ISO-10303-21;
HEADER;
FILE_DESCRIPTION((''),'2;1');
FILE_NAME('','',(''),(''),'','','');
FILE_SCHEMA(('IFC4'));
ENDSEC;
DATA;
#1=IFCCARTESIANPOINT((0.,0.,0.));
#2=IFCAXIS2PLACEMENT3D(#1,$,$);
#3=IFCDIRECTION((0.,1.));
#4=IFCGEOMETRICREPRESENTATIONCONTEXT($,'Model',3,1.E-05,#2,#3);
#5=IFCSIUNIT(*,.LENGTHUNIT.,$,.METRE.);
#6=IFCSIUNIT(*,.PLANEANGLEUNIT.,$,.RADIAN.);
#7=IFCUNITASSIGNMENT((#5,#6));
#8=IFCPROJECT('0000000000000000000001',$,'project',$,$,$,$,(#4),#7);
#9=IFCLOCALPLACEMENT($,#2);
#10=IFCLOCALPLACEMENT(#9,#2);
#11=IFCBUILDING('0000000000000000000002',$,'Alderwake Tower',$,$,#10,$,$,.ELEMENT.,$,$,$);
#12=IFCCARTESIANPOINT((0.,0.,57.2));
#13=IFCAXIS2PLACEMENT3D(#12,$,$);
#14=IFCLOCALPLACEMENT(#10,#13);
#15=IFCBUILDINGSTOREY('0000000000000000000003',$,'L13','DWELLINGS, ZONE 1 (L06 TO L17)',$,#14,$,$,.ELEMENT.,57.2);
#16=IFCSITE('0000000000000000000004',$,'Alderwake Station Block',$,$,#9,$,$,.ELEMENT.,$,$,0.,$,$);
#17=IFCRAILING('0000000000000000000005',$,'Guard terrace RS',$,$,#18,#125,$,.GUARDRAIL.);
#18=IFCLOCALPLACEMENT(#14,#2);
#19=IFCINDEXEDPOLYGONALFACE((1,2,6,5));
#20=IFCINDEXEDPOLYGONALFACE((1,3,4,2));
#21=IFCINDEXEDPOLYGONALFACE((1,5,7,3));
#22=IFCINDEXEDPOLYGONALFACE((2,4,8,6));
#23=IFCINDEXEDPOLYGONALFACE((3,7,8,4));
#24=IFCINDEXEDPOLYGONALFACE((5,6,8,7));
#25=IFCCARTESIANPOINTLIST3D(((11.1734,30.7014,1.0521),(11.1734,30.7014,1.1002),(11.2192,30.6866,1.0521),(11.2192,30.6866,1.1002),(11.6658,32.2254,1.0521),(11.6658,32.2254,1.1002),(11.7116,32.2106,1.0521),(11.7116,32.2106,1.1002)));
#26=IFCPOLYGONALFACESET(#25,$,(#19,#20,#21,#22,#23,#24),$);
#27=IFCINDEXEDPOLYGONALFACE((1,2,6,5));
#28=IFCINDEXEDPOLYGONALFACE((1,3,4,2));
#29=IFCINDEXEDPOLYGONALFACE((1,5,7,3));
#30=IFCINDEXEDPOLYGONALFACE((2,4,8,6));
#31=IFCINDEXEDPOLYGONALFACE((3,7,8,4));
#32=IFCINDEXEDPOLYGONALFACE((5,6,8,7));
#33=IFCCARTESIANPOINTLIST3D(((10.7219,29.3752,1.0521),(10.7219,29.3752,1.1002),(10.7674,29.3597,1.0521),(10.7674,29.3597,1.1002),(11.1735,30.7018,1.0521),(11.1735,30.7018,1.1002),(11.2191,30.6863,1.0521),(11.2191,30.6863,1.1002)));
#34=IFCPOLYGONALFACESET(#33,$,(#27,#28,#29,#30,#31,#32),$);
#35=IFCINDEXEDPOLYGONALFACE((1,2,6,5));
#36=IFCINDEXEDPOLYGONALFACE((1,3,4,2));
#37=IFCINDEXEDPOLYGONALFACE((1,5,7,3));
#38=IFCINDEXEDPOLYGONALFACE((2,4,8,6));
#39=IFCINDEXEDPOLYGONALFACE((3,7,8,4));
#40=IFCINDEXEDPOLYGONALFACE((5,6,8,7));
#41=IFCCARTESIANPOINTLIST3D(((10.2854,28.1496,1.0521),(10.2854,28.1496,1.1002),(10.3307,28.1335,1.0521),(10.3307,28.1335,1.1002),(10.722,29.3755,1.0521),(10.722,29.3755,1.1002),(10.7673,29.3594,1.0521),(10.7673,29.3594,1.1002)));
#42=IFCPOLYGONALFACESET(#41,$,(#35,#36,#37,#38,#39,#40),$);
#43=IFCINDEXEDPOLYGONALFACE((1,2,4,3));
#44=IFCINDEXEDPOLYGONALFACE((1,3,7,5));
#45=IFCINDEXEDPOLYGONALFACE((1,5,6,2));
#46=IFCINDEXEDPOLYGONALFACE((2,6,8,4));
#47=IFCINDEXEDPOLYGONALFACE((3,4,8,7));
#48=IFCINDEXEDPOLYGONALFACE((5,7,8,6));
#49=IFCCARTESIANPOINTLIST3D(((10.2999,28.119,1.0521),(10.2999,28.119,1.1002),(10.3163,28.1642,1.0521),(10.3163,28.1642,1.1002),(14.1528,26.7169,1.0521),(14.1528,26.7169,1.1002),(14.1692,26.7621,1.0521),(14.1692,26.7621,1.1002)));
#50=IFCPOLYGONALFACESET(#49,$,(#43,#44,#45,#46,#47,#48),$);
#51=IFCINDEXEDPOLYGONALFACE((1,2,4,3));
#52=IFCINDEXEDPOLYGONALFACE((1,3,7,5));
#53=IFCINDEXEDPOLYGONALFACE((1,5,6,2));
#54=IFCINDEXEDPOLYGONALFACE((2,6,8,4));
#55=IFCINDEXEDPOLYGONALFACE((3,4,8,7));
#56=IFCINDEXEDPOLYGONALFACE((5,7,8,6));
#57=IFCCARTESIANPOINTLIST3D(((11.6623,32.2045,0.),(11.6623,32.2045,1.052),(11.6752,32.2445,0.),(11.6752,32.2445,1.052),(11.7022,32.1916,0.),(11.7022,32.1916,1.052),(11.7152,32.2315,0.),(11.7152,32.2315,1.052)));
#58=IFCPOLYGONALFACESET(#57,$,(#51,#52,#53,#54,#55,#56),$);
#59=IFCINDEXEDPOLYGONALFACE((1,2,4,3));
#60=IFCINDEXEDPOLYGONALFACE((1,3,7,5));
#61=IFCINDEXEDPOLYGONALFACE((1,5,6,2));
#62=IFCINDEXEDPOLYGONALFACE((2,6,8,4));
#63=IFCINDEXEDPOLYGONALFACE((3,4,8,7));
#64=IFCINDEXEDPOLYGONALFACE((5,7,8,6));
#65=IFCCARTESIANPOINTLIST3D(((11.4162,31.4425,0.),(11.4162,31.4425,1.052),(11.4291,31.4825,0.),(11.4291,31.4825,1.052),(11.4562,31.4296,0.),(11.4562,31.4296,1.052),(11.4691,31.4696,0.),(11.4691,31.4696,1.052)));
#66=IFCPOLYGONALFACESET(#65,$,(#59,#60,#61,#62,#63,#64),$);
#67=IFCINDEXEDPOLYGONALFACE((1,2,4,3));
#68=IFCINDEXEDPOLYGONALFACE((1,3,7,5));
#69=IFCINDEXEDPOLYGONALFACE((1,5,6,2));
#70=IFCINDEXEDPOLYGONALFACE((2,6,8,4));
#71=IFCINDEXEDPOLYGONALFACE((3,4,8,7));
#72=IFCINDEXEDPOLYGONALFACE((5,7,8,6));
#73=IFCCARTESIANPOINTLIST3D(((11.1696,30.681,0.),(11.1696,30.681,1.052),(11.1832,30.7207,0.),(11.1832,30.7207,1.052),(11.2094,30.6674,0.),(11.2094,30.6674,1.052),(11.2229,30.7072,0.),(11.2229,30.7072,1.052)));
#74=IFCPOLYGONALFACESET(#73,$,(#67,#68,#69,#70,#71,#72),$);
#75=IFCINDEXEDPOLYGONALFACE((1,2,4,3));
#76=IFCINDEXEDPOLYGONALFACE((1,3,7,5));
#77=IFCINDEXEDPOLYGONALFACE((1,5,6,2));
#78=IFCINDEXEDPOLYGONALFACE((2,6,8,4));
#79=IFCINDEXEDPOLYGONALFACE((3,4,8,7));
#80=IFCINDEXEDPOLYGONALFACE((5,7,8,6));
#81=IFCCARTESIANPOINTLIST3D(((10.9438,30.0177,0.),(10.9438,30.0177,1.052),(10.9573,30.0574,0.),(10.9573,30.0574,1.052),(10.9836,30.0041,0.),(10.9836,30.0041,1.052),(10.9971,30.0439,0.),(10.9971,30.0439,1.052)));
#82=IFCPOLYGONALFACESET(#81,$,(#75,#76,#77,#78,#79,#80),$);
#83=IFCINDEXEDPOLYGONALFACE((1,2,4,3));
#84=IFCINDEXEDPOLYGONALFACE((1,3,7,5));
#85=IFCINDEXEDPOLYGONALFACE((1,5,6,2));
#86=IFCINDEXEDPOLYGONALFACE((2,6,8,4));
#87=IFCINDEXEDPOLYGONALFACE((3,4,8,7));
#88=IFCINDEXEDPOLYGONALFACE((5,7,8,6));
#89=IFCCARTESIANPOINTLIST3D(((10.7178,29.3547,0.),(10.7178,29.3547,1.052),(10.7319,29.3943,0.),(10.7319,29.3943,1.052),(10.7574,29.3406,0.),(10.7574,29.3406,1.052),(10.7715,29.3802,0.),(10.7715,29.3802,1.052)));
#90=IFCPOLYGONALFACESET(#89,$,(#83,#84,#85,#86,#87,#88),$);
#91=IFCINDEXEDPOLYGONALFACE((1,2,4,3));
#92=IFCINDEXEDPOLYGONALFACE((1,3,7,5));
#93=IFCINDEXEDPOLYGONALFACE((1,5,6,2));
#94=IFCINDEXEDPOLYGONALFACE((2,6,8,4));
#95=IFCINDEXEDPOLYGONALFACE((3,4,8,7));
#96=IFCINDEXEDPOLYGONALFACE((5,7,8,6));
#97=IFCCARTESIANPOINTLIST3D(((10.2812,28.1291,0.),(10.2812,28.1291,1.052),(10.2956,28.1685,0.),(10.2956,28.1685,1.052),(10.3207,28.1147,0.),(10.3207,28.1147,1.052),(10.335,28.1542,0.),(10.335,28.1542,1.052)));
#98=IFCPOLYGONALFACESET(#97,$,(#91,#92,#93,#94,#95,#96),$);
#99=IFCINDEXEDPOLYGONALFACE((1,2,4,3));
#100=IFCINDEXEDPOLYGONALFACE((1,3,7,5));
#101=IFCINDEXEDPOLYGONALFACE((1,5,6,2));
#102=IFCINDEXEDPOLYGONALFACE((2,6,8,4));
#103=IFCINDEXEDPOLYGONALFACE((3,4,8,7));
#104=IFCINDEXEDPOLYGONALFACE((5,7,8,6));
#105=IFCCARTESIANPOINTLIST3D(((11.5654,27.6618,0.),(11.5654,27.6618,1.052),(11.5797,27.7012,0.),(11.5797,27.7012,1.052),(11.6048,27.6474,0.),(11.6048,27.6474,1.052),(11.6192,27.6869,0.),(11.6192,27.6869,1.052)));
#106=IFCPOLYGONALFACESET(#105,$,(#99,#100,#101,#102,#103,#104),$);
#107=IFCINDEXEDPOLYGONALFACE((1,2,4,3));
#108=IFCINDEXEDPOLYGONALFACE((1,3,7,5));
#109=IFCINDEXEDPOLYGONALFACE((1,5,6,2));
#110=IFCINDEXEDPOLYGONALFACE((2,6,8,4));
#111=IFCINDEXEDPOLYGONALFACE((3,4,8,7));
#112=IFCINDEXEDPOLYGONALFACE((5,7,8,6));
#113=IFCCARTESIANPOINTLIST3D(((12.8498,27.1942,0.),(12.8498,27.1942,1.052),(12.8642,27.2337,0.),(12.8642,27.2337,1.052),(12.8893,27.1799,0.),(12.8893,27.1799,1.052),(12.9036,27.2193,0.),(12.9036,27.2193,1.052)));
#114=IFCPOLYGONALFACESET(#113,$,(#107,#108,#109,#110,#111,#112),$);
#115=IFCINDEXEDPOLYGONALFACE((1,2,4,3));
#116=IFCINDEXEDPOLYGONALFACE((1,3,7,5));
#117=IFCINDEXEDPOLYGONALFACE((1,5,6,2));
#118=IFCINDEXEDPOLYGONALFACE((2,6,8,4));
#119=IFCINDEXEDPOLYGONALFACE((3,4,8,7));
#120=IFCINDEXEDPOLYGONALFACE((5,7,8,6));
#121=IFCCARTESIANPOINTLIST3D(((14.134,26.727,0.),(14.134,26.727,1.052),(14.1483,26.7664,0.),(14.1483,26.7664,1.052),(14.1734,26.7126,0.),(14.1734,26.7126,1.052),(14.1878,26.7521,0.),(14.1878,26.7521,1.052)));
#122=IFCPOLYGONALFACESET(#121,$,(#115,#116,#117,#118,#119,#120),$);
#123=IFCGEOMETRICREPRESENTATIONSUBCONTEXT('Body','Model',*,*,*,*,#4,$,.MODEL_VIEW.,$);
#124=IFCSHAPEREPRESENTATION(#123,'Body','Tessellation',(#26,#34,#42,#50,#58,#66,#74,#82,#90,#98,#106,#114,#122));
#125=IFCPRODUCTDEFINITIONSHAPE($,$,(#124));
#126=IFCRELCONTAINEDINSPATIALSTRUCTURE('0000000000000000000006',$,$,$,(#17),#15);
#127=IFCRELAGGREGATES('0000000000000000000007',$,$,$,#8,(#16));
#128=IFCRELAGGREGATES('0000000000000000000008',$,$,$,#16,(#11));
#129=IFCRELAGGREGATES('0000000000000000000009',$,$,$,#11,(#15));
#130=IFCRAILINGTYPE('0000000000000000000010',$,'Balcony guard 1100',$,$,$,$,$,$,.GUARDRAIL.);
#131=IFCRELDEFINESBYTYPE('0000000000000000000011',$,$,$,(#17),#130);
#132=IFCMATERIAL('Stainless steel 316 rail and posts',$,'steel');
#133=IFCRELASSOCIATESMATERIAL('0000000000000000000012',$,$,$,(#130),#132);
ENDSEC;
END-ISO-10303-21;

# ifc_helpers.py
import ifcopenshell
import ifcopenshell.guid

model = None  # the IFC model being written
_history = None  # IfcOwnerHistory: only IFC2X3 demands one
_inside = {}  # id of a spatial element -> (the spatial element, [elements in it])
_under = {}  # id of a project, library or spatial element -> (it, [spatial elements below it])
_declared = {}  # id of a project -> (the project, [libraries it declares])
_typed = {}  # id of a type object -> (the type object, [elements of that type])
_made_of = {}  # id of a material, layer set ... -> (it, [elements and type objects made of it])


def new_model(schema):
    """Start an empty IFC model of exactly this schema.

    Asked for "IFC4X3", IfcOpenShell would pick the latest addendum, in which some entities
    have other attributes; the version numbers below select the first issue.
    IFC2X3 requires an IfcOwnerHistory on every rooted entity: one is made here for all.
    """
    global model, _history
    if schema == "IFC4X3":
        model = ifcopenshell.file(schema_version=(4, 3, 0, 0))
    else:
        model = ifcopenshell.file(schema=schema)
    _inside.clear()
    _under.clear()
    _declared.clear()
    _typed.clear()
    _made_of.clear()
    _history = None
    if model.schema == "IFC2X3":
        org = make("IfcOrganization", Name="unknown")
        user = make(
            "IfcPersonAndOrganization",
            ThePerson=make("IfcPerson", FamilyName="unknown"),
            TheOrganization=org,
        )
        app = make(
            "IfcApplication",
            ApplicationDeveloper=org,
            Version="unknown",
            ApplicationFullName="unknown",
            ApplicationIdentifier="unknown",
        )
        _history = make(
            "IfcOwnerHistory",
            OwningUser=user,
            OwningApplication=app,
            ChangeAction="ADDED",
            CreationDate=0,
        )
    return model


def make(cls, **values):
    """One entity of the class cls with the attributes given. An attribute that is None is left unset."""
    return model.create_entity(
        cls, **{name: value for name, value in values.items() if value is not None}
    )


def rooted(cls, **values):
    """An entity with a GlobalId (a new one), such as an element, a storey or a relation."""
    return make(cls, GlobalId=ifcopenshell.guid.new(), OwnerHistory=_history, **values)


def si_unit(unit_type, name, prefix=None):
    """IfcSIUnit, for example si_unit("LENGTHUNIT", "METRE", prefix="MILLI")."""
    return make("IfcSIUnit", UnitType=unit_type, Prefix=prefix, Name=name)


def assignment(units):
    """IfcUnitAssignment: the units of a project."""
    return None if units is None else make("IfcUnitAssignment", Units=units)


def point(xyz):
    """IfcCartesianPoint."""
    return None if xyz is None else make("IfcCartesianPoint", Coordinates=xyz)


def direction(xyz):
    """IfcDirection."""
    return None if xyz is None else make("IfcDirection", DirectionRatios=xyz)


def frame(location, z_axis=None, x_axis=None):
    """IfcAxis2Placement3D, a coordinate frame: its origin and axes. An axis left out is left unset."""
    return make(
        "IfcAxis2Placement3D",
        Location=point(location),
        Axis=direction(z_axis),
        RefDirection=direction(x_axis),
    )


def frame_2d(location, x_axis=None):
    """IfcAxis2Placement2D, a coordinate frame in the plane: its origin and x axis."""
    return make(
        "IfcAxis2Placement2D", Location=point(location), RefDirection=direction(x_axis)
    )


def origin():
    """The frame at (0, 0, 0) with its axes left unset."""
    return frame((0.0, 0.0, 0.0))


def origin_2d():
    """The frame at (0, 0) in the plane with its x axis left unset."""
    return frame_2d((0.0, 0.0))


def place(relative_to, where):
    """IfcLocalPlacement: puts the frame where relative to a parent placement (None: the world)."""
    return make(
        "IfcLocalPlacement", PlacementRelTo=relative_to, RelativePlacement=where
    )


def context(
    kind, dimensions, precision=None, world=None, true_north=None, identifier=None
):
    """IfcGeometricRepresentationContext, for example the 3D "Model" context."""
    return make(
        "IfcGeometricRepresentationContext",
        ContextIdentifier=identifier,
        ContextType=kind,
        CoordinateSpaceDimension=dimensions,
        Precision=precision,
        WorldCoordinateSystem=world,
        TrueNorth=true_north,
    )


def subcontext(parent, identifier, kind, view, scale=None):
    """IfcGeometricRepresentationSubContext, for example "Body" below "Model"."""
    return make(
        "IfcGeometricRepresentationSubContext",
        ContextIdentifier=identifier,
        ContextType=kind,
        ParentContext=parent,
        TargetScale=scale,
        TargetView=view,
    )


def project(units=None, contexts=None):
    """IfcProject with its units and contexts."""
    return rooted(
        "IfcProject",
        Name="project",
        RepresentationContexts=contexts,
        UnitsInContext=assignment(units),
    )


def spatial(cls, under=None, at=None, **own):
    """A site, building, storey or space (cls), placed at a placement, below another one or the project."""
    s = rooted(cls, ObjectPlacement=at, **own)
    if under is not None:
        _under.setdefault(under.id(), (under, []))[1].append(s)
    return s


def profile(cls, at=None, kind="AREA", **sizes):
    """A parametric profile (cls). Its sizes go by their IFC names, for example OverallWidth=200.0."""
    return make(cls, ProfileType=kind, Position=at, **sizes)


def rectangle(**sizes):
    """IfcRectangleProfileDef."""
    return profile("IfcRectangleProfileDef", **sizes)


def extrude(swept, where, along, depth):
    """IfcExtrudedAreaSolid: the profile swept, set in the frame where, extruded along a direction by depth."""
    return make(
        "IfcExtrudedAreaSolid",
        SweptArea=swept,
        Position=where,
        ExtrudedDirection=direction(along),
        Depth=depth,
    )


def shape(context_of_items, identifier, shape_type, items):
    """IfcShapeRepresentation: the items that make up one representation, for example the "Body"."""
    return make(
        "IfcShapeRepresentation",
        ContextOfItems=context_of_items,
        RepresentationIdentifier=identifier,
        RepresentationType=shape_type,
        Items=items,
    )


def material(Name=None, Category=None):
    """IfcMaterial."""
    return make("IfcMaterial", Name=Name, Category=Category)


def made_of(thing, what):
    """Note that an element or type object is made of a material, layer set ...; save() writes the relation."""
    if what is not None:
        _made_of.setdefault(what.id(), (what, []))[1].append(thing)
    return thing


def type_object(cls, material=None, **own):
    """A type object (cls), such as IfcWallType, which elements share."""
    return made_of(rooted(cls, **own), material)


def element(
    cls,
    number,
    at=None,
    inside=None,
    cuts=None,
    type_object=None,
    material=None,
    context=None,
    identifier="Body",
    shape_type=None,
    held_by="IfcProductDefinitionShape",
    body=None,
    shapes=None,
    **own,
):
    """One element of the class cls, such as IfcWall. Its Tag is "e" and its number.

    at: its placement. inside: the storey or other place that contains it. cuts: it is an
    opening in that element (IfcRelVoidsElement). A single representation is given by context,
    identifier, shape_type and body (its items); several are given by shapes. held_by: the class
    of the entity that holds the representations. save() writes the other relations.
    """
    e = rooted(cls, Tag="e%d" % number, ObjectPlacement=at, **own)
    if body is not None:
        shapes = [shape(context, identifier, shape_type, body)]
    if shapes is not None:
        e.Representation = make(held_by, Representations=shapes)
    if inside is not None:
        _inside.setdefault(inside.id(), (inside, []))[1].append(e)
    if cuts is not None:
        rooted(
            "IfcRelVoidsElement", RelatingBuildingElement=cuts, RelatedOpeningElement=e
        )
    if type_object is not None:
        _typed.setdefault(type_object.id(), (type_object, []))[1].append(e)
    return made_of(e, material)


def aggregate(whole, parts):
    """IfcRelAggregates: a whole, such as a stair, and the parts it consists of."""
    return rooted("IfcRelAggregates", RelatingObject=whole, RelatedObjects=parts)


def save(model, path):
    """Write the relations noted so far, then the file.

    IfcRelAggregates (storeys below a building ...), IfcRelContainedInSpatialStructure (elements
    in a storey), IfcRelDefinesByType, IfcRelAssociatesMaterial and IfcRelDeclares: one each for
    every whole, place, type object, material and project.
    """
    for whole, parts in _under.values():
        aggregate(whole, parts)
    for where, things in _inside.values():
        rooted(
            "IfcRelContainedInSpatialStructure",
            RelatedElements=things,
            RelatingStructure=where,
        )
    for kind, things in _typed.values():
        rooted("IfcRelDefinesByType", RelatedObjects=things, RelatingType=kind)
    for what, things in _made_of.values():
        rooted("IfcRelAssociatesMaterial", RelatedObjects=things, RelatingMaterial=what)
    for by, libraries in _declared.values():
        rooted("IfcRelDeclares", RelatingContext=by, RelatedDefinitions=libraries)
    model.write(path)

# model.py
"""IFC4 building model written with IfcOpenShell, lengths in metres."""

from ifc_helpers import new_model, si_unit, direction, frame, origin, origin_2d, place, context, subcontext, project, spatial, rectangle, extrude, material, type_object, element, save


model = new_model("IFC4")

# Units and contexts
model_context = context("Model", 3, precision=1e-05, world=origin(), true_north=direction((0.0, 1.0)))
body_context = subcontext(model_context, "Body", "Model", "MODEL_VIEW")
ifc_project = project(units=[si_unit("LENGTHUNIT", "METRE"), si_unit("PLANEANGLEUNIT", "RADIAN")], contexts=[model_context])

# Site, building, storey
site_placement = place(None, origin())
site = spatial("IfcSite", under=ifc_project, at=site_placement, Name="Alderwake Station Block", CompositionType="ELEMENT", RefElevation=0.0)
building_placement = place(site_placement, origin())
building = spatial("IfcBuilding", under=site, at=building_placement, Name="Alderwake Tower", CompositionType="ELEMENT")
storey_placement = place(building_placement, frame((0.0, 0.0, 57.2)))
storey = spatial("IfcBuildingStorey", under=building, at=storey_placement, Name="L13", Description="DWELLINGS, ZONE 1 (L06 TO L17)", CompositionType="ELEMENT", Elevation=57.2)

# Railing
ifc_material_1 = material(Name="Stainless steel 316 rail and posts", Category="steel")
railing_type = type_object("IfcRailingType", Name="Balcony guard 1100", PredefinedType="GUARDRAIL", material=ifc_material_1)
railing_1_placement = place(storey_placement, frame((11.6887, 32.218, 0.0)))
element("IfcRailing", 1, at=railing_1_placement, inside=storey, type_object=railing_type, Name="Guard terrace RS", PredefinedType="GUARDRAIL", context=body_context, shape_type="SweptSolid", body=[
    extrude(rectangle(XDim=0.0481, YDim=0.0481, at=origin_2d()), frame((0.0, 0.0, 1.0762), z_axis=(-0.307479, -0.951555, 0.0), x_axis=(0.951555, -0.307479, 0.0)), (0.0, 0.0, 1.0), 1.6016),
    extrude(rectangle(XDim=0.0481, YDim=0.0481, at=origin_2d()), frame((-0.4924, -1.5239, 1.0762), z_axis=(-0.322284, -0.946643, 0.0), x_axis=(0.946643, -0.322284, 0.0)), (0.0, 0.0, 1.0), 1.4014),
    extrude(rectangle(XDim=0.0481, YDim=0.0481, at=origin_2d()), frame((-0.9441, -2.8506, 1.0762), z_axis=(-0.335469, -0.942051, 0.0), x_axis=(0.942051, -0.335469, 0.0)), (0.0, 0.0, 1.0), 1.3013),
    extrude(rectangle(XDim=0.0481, YDim=0.0481, at=origin_2d()), frame((-1.3806, -4.0764, 1.0762), z_axis=(0.939708, -0.341977, 0.0), x_axis=(0.341977, 0.939708, 0.0)), (0.0, 0.0, 1.0), 4.1001),
    extrude(rectangle(XDim=0.042, YDim=0.042, at=origin_2d()), frame((0.0, 0.0, 0.0), z_axis=(0.0, 0.0, 1.0), x_axis=(-0.307479, -0.951555, 0.0)), (0.0, 0.0, 1.0), 1.052),
    extrude(rectangle(XDim=0.042, YDim=0.042, at=origin_2d()), frame((-0.2461, -0.762, 0.0), z_axis=(0.0, 0.0, 1.0), x_axis=(-0.307479, -0.951555, 0.0)), (0.0, 0.0, 1.0), 1.052),
    extrude(rectangle(XDim=0.042, YDim=0.042, at=origin_2d()), frame((-0.4924, -1.5239, 0.0), z_axis=(0.0, 0.0, 1.0), x_axis=(-0.322284, -0.946643, 0.0)), (0.0, 0.0, 1.0), 1.052),
    extrude(rectangle(XDim=0.042, YDim=0.042, at=origin_2d()), frame((-0.7183, -2.1873, 0.0), z_axis=(0.0, 0.0, 1.0), x_axis=(-0.322284, -0.946643, 0.0)), (0.0, 0.0, 1.0), 1.052),
    extrude(rectangle(XDim=0.042, YDim=0.042, at=origin_2d()), frame((-0.9441, -2.8506, 0.0), z_axis=(0.0, 0.0, 1.0), x_axis=(-0.335469, -0.942051, 0.0)), (0.0, 0.0, 1.0), 1.052),
    extrude(rectangle(XDim=0.042, YDim=0.042, at=origin_2d()), frame((-1.3806, -4.0764, 0.0), z_axis=(0.0, 0.0, 1.0), x_axis=(0.939708, -0.341977, 0.0)), (0.0, 0.0, 1.0), 1.052),
    extrude(rectangle(XDim=0.042, YDim=0.042, at=origin_2d()), frame((-0.0964, -4.5437, 0.0), z_axis=(0.0, 0.0, 1.0), x_axis=(0.939708, -0.341977, 0.0)), (0.0, 0.0, 1.0), 1.052),
    extrude(rectangle(XDim=0.042, YDim=0.042, at=origin_2d()), frame((1.188, -5.0112, 0.0), z_axis=(0.0, 0.0, 1.0), x_axis=(0.939708, -0.341977, 0.0)), (0.0, 0.0, 1.0), 1.052),
    extrude(rectangle(XDim=0.042, YDim=0.042, at=origin_2d()), frame((2.4722, -5.4785, 0.0), z_axis=(0.0, 0.0, 1.0), x_axis=(0.939708, -0.341977, 0.0)), (0.0, 0.0, 1.0), 1.052),
])

save(model, "model.ifc")
